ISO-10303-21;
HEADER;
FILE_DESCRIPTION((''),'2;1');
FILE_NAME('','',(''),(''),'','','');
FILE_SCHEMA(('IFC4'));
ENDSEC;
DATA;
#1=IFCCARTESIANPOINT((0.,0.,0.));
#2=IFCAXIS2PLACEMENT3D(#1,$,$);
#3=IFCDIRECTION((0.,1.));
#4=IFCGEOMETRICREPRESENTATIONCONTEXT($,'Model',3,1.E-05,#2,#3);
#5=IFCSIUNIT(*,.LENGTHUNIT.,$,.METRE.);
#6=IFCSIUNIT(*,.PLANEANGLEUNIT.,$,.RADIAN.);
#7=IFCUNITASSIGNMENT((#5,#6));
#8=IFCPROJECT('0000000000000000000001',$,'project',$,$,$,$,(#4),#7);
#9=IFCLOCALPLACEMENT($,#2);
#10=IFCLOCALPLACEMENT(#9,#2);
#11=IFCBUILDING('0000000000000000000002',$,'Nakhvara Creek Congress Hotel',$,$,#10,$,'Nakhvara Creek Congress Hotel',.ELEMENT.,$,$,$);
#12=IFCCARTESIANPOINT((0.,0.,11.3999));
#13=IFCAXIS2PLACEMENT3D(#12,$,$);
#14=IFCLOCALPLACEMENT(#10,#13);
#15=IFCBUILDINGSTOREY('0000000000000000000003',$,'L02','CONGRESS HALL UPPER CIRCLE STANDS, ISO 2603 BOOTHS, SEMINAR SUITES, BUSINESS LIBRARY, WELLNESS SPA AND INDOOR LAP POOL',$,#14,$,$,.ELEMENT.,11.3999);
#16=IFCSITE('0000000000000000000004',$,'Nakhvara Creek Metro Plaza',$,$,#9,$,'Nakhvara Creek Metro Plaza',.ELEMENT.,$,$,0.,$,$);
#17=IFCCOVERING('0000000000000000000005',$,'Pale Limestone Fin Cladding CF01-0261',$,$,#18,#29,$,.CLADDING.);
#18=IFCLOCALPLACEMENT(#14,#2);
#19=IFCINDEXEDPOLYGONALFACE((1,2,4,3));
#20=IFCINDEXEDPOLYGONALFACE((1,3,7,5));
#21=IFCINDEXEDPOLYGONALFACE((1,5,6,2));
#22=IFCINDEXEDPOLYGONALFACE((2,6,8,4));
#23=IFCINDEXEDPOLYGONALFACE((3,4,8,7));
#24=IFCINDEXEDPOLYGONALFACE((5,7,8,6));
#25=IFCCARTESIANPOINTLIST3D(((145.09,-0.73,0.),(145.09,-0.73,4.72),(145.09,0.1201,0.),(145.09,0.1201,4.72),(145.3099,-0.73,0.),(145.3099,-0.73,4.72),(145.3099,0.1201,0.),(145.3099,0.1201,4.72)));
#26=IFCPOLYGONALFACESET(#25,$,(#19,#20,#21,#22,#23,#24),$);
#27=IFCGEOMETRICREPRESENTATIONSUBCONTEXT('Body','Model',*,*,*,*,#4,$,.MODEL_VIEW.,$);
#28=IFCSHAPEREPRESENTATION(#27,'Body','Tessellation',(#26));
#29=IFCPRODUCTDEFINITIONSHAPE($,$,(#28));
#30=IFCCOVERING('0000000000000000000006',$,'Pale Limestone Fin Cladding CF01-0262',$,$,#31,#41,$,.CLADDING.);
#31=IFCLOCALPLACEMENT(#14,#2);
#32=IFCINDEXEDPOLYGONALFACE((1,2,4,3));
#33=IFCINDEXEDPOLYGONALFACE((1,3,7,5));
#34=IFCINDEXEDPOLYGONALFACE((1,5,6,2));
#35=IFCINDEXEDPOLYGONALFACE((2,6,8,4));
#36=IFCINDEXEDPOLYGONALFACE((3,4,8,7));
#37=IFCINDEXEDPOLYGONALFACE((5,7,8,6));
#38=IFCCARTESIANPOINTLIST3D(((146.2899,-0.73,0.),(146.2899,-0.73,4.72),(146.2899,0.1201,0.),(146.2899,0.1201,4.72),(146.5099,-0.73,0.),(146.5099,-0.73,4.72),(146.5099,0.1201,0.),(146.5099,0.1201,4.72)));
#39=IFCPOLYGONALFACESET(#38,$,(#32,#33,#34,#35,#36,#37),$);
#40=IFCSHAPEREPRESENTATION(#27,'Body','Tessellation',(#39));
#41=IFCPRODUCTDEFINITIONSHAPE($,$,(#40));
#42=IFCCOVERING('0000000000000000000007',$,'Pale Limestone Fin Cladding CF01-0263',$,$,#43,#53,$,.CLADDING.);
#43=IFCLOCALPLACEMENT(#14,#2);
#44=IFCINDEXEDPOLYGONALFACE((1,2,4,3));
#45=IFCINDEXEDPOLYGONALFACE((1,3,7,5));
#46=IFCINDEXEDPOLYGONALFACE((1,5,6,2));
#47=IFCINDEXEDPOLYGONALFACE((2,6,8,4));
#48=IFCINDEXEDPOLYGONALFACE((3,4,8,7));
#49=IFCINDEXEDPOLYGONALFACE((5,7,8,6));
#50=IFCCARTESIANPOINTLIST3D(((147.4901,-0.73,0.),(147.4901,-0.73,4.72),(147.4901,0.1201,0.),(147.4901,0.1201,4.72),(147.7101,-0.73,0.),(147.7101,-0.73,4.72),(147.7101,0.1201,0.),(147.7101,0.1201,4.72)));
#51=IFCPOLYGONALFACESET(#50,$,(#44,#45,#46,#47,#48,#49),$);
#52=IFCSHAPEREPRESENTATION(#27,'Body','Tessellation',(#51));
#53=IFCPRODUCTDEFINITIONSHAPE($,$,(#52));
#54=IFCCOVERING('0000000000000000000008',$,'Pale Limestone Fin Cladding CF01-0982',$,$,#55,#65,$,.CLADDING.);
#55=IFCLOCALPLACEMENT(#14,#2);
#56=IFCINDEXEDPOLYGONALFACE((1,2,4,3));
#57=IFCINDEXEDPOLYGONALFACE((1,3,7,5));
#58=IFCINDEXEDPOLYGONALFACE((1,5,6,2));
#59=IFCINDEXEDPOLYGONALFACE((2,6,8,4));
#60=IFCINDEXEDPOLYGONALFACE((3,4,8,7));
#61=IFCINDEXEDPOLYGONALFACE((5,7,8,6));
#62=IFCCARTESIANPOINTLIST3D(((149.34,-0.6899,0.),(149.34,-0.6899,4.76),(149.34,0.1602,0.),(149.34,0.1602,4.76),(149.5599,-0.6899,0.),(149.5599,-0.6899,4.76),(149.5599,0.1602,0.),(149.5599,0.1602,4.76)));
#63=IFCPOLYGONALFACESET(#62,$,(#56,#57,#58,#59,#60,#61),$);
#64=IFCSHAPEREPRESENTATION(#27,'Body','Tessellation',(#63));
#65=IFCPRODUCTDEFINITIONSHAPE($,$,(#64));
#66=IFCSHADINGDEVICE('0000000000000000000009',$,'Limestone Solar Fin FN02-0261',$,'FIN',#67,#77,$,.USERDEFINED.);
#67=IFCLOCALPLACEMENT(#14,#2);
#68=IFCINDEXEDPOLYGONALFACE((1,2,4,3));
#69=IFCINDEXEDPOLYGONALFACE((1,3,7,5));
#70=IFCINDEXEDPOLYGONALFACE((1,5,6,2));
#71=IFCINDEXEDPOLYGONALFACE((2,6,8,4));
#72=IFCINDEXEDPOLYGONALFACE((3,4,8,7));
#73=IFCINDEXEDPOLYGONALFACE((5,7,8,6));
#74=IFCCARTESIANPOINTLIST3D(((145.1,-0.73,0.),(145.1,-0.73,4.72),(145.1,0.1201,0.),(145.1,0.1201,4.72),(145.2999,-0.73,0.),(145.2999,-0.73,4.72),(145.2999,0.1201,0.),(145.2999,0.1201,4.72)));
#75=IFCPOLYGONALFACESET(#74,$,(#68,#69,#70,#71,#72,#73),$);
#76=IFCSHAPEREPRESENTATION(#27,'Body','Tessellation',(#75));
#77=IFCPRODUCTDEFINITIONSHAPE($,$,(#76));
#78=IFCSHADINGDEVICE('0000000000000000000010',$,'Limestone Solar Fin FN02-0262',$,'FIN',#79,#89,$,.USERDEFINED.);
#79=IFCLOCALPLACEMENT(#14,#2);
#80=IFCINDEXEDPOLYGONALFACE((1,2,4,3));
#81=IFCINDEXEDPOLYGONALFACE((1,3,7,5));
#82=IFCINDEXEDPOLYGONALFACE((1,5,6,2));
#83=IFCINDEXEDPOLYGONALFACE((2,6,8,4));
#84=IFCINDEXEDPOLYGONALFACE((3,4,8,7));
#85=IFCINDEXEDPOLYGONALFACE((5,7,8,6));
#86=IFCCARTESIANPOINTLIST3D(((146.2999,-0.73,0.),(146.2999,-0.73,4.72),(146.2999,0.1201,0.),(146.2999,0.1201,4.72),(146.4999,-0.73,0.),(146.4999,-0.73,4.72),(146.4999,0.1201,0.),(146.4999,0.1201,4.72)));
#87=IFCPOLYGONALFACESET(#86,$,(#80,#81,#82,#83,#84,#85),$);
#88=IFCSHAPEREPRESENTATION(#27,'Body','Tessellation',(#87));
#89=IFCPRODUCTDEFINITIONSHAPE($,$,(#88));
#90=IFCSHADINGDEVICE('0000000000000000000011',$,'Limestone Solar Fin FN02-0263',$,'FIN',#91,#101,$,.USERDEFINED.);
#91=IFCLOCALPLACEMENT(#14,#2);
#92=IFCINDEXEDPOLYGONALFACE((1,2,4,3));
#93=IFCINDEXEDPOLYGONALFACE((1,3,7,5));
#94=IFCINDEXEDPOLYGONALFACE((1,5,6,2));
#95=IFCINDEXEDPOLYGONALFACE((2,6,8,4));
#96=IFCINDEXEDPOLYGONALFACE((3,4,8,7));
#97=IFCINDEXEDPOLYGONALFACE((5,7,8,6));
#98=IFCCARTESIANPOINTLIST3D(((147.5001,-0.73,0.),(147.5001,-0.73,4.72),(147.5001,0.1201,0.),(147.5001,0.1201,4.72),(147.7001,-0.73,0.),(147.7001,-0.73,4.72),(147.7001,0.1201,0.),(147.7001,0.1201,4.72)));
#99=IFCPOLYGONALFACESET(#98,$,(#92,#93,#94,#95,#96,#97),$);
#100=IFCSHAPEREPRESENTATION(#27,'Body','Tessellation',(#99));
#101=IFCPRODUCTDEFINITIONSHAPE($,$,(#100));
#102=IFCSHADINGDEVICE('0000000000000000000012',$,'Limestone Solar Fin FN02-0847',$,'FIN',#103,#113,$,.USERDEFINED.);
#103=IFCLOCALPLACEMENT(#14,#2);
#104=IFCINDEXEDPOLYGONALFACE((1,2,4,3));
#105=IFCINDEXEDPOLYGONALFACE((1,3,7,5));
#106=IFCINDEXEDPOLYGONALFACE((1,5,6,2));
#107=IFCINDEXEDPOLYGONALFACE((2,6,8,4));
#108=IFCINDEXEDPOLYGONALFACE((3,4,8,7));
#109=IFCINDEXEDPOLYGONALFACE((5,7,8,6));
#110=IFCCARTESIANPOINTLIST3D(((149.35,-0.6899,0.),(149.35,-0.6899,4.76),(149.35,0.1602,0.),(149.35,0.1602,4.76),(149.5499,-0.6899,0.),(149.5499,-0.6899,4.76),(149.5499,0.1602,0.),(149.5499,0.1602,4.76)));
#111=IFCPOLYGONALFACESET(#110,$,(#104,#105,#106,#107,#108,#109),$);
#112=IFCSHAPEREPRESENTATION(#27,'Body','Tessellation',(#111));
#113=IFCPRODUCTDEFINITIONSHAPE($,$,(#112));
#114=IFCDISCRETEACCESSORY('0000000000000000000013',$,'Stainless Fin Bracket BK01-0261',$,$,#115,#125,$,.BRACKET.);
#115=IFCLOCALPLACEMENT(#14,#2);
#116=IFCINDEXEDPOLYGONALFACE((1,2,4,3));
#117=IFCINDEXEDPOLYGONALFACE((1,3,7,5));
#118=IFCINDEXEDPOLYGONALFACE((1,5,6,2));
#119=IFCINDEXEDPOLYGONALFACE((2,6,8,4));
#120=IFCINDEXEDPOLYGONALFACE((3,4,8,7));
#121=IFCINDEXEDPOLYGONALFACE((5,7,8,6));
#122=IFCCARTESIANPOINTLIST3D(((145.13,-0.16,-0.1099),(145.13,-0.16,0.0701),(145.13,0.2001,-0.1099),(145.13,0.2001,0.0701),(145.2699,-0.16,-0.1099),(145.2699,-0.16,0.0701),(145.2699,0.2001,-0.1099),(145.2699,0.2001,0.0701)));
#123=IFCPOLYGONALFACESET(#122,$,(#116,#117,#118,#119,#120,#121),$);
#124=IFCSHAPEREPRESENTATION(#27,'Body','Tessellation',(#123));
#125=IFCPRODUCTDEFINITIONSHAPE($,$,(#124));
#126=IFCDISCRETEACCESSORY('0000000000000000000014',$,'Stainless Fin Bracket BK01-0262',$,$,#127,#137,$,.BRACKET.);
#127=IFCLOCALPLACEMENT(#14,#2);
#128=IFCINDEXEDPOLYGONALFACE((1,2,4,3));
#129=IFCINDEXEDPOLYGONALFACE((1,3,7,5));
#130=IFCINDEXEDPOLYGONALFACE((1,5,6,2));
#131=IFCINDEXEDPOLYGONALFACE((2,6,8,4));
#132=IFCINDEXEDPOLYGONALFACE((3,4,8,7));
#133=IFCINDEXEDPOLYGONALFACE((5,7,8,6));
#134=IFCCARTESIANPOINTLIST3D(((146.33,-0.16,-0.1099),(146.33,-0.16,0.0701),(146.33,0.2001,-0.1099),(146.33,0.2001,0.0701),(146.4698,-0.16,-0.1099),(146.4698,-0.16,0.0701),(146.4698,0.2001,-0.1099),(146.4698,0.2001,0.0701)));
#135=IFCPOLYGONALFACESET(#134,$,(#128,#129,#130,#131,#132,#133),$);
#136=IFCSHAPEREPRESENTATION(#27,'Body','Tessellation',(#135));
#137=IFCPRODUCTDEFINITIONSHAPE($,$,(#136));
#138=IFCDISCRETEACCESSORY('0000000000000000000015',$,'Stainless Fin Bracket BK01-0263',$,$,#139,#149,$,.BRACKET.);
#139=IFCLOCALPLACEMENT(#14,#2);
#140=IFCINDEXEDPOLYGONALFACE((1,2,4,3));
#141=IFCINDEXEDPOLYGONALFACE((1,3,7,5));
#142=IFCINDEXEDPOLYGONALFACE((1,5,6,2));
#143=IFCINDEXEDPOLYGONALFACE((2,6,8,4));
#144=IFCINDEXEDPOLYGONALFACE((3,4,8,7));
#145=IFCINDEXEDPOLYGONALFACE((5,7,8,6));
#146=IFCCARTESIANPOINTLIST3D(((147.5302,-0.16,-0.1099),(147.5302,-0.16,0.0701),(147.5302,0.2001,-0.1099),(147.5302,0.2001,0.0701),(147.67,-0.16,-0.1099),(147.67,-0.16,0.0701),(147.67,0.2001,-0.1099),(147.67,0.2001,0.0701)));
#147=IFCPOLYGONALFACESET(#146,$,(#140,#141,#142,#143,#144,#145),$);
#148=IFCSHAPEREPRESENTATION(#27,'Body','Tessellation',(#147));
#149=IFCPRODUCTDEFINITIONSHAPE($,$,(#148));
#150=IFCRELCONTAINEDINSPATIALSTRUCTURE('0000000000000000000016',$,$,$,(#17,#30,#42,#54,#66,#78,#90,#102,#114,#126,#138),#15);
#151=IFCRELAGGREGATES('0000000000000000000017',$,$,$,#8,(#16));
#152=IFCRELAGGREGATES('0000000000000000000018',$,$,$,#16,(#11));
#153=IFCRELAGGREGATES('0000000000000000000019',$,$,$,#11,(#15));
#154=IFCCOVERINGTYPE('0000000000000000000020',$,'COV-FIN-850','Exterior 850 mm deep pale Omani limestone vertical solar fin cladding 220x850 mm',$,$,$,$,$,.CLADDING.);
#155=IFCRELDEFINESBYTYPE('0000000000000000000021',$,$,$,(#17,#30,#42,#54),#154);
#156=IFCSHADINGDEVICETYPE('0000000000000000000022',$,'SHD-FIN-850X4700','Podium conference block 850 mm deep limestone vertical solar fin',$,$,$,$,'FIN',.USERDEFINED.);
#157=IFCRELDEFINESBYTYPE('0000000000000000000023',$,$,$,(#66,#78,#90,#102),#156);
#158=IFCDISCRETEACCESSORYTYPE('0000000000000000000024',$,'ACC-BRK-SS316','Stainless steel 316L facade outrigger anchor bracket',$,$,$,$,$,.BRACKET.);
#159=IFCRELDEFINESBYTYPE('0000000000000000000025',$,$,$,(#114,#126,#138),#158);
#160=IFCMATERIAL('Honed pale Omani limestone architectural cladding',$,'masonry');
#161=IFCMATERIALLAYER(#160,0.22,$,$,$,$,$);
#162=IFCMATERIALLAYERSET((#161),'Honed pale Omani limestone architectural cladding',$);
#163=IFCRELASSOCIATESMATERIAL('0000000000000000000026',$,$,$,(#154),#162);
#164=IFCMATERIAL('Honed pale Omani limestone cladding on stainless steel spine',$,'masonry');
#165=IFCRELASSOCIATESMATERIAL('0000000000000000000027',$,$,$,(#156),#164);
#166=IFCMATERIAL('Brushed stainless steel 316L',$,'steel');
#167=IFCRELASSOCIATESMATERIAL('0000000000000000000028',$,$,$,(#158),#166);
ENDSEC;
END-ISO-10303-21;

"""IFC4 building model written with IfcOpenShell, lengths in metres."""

from ifc_helpers import new_model, si_unit, direction, frame, origin, origin_2d, place, context, subcontext, project, spatial, rectangle, extrude, material, layer, layer_set, type_object, element, save


model = new_model("IFC4")

# Units and contexts
model_context = context("Model", 3, precision=1e-05, world=origin(), true_north=direction((0.0, 1.0)))
body_context = subcontext(model_context, "Body", "Model", "MODEL_VIEW")
ifc_project = project(units=[si_unit("LENGTHUNIT", "METRE"), si_unit("PLANEANGLEUNIT", "RADIAN")], contexts=[model_context])

# Site, building, storey
site_placement = place(None, origin())
site = spatial("IfcSite", under=ifc_project, at=site_placement, Name="Nakhvara Creek Metro Plaza", LongName="Nakhvara Creek Metro Plaza", CompositionType="ELEMENT", RefElevation=0.0)
building_placement = place(site_placement, origin())
building = spatial("IfcBuilding", under=site, at=building_placement, Name="Nakhvara Creek Congress Hotel", LongName="Nakhvara Creek Congress Hotel", CompositionType="ELEMENT")
storey_placement = place(building_placement, frame((0.0, 0.0, 11.3999)))
storey = spatial("IfcBuildingStorey", under=building, at=storey_placement, Name="L02", Description="CONGRESS HALL UPPER CIRCLE STANDS, ISO 2603 BOOTHS, SEMINAR SUITES, BUSINESS LIBRARY, WELLNESS SPA AND INDOOR LAP POOL", CompositionType="ELEMENT", Elevation=11.3999)

# Coverings
ifc_material_1 = material(Name="Honed pale Omani limestone architectural cladding", Category="masonry")
ifc_layer_1 = layer(ifc_material_1, 0.22)
ifc_layer_set_1 = layer_set([ifc_layer_1], Name="Honed pale Omani limestone architectural cladding")
covering_type = type_object("IfcCoveringType", Name="COV-FIN-850", Description="Exterior 850 mm deep pale Omani limestone vertical solar fin cladding 220x850 mm", PredefinedType="CLADDING", material=ifc_layer_set_1)
for number, where, z_axis, x_axis, name in (
    (1, (145.2, -0.3049, 0.0), (0.0, 0.0, 1.0), (1.0, 0.0, 0.0), "Pale Limestone Fin Cladding CF01-0261"),
    (2, (146.3999, -0.3049, 0.0), (0.0, 0.0, 1.0), (1.0, 0.0, 0.0), "Pale Limestone Fin Cladding CF01-0262"),
    (3, (147.6001, -0.3049, 0.0), (0.0, 0.0, 1.0), (1.0, 0.0, 0.0), "Pale Limestone Fin Cladding CF01-0263"),
):
    element("IfcCovering", number, at=place(storey_placement, frame(where, z_axis=z_axis, x_axis=x_axis)), inside=storey, type_object=covering_type, Name=name, PredefinedType="CLADDING", context=body_context, shape_type="SweptSolid", body=[
        extrude(rectangle(XDim=0.22, YDim=0.8501, at=origin_2d()), origin(), (0.0, 0.0, 1.0), 4.72),
    ])
covering_placement = place(storey_placement, frame((149.45, -0.2649, 0.0), z_axis=(0.0, 0.0, 1.0), x_axis=(1.0, 0.0, 0.0)))
element("IfcCovering", 4, at=covering_placement, inside=storey, type_object=covering_type, Name="Pale Limestone Fin Cladding CF01-0982", PredefinedType="CLADDING", context=body_context, shape_type="SweptSolid", body=[
    extrude(rectangle(XDim=0.22, YDim=0.8501, at=origin_2d()), origin(), (0.0, 0.0, 1.0), 4.76),
])

# Shading devices
ifc_material_2 = material(Name="Honed pale Omani limestone cladding on stainless steel spine", Category="masonry")
shading_device_type = type_object("IfcShadingDeviceType", Name="SHD-FIN-850X4700", Description="Podium conference block 850 mm deep limestone vertical solar fin", ElementType="FIN", PredefinedType="USERDEFINED", material=ifc_material_2)
for number, where, z_axis, x_axis, name in (
    (5, (145.2, -0.3049, 0.0), (0.0, 0.0, 1.0), (1.0, 0.0, 0.0), "Limestone Solar Fin FN02-0261"),
    (6, (146.3999, -0.3049, 0.0), (0.0, 0.0, 1.0), (1.0, 0.0, 0.0), "Limestone Solar Fin FN02-0262"),
    (7, (147.6001, -0.3049, 0.0), (0.0, 0.0, 1.0), (1.0, 0.0, 0.0), "Limestone Solar Fin FN02-0263"),
):
    element("IfcShadingDevice", number, at=place(storey_placement, frame(where, z_axis=z_axis, x_axis=x_axis)), inside=storey, type_object=shading_device_type, Name=name, ObjectType="FIN", PredefinedType="USERDEFINED", context=body_context, shape_type="SweptSolid", body=[
        extrude(rectangle(XDim=0.2, YDim=0.8501, at=origin_2d()), origin(), (0.0, 0.0, 1.0), 4.72),
    ])
shading_device_placement = place(storey_placement, frame((149.45, -0.2649, 0.0), z_axis=(0.0, 0.0, 1.0), x_axis=(1.0, 0.0, 0.0)))
element("IfcShadingDevice", 8, at=shading_device_placement, inside=storey, type_object=shading_device_type, Name="Limestone Solar Fin FN02-0847", ObjectType="FIN", PredefinedType="USERDEFINED", context=body_context, shape_type="SweptSolid", body=[
    extrude(rectangle(XDim=0.2, YDim=0.8501, at=origin_2d()), origin(), (0.0, 0.0, 1.0), 4.76),
])

# Discrete accessories
ifc_material_3 = material(Name="Brushed stainless steel 316L", Category="steel")
discrete_accessory_type = type_object("IfcDiscreteAccessoryType", Name="ACC-BRK-SS316", Description="Stainless steel 316L facade outrigger anchor bracket", PredefinedType="BRACKET", material=ifc_material_3)
for number, where, z_axis, x_axis, name in (
    (9, (145.2, 0.02, -0.1099), (0.0, 0.0, 1.0), (1.0, 0.0, 0.0), "Stainless Fin Bracket BK01-0261"),
    (10, (146.3999, 0.02, -0.1099), (0.0, 0.0, 1.0), (1.0, 0.0, 0.0), "Stainless Fin Bracket BK01-0262"),
    (11, (147.6001, 0.02, -0.1099), (0.0, 0.0, 1.0), (1.0, 0.0, 0.0), "Stainless Fin Bracket BK01-0263"),
):
    element("IfcDiscreteAccessory", number, at=place(storey_placement, frame(where, z_axis=z_axis, x_axis=x_axis)), inside=storey, type_object=discrete_accessory_type, Name=name, PredefinedType="BRACKET", context=body_context, shape_type="SweptSolid", body=[
        extrude(rectangle(XDim=0.1399, YDim=0.3601, at=origin_2d()), origin(), (0.0, 0.0, 1.0), 0.1799),
    ])

save(model, "model.ifc")
